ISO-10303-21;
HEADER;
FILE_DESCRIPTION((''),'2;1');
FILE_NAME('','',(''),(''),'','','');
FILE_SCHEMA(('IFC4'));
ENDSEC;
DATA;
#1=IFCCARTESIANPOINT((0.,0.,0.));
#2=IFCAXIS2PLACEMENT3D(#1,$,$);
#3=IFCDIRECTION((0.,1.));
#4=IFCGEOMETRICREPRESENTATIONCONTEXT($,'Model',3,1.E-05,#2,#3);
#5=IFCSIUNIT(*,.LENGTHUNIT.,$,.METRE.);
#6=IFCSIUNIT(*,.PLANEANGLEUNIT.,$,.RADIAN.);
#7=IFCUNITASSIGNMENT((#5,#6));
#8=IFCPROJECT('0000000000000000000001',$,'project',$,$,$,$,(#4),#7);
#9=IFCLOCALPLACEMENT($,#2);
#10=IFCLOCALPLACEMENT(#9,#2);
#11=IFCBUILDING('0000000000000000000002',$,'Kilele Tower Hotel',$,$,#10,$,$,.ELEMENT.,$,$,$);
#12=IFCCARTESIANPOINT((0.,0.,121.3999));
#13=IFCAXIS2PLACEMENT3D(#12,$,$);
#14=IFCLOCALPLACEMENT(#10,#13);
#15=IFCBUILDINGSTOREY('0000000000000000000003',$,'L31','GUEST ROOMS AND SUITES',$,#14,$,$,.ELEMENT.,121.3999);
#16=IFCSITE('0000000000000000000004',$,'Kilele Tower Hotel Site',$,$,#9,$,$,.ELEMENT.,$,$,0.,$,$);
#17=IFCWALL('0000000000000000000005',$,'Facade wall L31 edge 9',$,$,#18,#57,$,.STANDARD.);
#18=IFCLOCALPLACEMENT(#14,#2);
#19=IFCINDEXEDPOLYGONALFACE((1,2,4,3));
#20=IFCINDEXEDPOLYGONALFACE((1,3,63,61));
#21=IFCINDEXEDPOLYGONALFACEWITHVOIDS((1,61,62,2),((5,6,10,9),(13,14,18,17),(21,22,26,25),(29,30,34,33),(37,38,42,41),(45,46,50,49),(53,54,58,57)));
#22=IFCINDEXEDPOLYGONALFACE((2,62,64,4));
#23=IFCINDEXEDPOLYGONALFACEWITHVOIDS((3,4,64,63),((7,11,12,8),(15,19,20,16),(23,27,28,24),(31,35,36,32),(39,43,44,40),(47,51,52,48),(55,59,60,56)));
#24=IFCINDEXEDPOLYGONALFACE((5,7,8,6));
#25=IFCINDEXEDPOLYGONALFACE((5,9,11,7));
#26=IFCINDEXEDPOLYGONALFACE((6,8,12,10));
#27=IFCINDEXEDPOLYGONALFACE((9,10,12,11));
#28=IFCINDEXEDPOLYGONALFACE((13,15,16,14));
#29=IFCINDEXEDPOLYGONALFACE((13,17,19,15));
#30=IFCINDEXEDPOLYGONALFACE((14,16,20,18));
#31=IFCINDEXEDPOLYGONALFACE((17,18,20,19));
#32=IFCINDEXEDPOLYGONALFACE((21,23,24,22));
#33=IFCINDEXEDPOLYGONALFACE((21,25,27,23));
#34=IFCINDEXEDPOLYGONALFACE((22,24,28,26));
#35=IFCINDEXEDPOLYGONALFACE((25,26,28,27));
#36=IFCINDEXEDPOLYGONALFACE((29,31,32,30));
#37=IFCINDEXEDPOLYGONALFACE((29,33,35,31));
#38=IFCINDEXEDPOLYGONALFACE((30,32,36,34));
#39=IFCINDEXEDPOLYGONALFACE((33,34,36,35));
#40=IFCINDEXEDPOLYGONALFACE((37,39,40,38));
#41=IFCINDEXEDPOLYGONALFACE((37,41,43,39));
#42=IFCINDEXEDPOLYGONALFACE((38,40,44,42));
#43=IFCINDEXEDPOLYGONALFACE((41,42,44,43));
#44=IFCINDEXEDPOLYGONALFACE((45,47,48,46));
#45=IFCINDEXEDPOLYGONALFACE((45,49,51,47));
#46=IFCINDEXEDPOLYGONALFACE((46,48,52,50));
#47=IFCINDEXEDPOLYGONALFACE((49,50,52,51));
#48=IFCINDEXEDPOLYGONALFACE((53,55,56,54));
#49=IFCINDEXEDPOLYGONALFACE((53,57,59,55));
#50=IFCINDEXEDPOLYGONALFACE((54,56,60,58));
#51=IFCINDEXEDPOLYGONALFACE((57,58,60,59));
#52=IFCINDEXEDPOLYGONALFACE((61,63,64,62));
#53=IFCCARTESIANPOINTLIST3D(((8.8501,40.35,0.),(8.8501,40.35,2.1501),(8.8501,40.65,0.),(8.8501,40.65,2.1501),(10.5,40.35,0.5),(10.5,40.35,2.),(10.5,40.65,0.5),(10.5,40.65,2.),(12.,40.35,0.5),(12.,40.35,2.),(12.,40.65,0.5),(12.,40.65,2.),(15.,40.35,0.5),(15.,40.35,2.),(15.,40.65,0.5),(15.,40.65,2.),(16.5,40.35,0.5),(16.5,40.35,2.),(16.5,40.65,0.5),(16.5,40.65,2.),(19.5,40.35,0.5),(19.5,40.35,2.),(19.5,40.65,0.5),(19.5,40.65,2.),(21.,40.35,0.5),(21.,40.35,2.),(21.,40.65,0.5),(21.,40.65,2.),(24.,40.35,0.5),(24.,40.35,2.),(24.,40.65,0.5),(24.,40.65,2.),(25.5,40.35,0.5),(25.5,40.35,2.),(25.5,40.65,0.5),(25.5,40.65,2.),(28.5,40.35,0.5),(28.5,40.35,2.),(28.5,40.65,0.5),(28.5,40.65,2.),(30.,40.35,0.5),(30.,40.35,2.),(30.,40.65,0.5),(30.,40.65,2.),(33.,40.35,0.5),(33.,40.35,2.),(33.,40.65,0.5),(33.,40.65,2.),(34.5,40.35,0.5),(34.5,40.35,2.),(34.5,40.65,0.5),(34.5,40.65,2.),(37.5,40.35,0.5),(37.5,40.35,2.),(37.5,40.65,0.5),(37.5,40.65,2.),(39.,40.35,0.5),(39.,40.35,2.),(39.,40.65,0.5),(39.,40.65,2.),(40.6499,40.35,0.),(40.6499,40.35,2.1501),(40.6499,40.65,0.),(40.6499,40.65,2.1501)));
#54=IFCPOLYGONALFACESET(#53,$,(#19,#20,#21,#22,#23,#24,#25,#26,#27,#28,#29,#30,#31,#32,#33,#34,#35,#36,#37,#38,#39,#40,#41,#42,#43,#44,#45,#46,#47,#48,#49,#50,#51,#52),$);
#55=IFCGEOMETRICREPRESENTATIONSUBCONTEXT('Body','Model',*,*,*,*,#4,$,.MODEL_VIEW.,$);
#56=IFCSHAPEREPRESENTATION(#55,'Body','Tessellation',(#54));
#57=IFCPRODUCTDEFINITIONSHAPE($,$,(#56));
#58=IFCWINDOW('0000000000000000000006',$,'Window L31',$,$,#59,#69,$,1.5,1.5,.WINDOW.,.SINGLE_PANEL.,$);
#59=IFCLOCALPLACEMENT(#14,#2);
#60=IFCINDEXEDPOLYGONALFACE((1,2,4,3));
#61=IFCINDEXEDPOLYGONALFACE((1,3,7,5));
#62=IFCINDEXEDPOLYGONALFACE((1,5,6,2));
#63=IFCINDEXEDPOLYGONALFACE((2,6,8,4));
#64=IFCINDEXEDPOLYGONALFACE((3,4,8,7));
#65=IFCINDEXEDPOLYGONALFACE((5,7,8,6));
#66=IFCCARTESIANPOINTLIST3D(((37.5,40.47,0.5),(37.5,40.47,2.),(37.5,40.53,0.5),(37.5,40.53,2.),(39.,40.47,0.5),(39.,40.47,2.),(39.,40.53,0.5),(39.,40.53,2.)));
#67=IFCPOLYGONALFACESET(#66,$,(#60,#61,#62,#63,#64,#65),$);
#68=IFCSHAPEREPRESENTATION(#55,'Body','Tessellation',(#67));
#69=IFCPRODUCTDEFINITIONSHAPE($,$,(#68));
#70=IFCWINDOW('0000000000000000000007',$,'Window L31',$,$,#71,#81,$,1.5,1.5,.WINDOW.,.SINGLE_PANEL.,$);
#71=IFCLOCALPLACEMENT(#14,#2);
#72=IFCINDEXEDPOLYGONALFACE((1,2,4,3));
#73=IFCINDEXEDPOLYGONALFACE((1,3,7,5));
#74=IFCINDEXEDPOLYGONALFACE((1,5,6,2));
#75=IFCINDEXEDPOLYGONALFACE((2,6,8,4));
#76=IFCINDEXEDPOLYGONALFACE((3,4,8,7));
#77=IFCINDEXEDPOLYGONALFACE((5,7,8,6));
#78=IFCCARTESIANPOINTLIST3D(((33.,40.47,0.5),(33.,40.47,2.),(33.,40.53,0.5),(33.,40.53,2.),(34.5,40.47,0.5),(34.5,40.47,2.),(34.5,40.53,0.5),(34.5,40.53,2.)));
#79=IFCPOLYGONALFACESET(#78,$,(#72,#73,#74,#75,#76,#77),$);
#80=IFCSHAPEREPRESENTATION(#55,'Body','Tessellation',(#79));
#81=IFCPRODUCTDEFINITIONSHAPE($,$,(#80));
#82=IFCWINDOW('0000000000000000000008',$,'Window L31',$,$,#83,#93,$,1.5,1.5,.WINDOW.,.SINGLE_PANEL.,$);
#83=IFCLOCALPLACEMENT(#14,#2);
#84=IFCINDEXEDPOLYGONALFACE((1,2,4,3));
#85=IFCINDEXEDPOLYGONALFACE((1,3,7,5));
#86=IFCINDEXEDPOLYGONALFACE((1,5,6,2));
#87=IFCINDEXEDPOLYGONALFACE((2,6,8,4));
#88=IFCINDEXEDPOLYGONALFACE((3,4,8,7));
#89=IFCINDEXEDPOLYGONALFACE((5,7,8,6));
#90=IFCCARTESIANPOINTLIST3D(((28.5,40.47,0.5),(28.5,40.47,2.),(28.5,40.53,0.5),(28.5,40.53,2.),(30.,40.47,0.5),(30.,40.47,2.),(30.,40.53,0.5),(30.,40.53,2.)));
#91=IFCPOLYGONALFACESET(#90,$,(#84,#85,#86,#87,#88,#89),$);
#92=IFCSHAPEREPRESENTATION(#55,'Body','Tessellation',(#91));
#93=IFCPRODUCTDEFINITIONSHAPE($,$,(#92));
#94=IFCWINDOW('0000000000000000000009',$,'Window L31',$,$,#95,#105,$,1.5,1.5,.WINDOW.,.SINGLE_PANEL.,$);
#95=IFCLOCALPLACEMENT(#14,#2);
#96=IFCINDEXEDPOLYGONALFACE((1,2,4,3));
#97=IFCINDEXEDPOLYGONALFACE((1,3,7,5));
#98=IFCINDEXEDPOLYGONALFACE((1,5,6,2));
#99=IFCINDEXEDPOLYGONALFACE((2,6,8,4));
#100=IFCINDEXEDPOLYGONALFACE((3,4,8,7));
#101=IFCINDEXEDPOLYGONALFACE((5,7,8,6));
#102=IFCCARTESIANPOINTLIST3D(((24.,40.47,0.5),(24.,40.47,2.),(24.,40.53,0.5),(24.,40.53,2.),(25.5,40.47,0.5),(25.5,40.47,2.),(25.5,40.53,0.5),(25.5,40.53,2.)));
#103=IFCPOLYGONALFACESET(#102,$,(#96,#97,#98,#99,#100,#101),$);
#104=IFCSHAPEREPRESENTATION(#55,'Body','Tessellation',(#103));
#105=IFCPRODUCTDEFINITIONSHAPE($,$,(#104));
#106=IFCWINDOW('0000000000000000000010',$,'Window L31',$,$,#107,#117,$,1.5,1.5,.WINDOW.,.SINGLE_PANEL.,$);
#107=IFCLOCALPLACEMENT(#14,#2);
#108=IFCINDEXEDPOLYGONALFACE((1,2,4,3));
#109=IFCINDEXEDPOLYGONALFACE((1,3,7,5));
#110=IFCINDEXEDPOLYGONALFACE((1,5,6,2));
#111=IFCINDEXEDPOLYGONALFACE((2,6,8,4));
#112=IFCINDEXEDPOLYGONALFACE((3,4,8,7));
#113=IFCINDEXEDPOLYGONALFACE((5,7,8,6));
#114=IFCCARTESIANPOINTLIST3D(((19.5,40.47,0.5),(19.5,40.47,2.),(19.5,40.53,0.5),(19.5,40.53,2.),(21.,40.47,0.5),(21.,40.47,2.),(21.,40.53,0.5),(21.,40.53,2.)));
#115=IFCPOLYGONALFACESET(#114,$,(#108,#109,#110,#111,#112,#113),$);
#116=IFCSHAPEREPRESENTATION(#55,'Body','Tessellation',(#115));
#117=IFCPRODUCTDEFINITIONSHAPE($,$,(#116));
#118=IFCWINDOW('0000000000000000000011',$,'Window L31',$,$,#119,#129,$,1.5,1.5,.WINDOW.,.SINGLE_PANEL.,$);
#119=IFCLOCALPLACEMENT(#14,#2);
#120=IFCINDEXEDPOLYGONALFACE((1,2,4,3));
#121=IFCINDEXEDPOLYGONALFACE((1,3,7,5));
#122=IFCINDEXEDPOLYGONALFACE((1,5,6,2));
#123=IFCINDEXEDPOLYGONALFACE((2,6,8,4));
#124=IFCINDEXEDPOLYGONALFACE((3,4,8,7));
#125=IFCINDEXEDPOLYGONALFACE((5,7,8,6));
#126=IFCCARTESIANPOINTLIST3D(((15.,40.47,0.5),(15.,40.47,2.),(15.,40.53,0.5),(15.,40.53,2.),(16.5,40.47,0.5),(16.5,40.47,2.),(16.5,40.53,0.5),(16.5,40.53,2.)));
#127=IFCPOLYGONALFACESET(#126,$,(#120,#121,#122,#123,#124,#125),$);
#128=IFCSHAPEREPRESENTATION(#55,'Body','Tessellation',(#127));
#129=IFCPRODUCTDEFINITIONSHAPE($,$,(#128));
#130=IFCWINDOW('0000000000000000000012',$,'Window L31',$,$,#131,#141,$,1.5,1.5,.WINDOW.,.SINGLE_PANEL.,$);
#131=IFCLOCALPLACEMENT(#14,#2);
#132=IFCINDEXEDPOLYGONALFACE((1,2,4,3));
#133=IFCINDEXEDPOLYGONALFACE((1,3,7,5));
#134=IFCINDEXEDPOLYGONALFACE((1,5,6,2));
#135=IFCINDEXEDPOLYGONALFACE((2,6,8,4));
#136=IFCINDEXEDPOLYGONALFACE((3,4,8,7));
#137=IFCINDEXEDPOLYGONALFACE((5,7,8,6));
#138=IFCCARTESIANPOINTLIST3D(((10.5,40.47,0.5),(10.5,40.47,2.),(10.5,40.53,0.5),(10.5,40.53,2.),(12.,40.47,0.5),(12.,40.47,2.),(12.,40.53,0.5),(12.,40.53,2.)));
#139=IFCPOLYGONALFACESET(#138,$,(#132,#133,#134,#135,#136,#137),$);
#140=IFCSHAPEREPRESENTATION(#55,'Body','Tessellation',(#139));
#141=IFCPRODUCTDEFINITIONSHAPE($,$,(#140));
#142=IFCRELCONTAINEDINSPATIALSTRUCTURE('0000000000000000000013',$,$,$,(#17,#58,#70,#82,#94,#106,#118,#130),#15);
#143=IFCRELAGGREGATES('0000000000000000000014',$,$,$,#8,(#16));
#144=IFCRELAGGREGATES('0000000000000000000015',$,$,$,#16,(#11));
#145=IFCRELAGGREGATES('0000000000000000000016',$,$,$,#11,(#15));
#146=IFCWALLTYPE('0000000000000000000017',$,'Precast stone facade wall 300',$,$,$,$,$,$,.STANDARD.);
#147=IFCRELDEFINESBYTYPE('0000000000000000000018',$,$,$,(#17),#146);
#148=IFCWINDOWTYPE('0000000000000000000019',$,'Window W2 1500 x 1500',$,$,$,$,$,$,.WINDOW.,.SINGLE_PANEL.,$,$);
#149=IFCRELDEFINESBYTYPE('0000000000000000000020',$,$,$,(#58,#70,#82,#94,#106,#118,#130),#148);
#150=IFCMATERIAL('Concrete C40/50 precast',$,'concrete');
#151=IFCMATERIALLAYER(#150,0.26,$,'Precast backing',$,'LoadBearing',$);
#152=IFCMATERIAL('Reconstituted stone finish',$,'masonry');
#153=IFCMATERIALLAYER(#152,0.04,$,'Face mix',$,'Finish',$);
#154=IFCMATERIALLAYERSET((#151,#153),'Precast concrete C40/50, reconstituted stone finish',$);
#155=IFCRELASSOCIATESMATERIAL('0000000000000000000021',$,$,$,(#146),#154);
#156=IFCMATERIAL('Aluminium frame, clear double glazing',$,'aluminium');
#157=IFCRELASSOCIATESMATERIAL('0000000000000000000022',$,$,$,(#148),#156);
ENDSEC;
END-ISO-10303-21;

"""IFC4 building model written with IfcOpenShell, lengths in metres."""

from ifc_helpers import new_model, si_unit, direction, frame, frame_2d, origin, place, context, subcontext, project, spatial, rectangle, extrude, material, layer, layer_set, type_object, element, fill, save


model = new_model("IFC4")

# Units and contexts
model_context = context("Model", 3, precision=1e-05, world=origin(), true_north=direction((0.0, 1.0)))
body_context = subcontext(model_context, "Body", "Model", "MODEL_VIEW")
ifc_project = project(units=[si_unit("LENGTHUNIT", "METRE"), si_unit("PLANEANGLEUNIT", "RADIAN")], contexts=[model_context])

# Site, building, storey
site_placement = place(None, origin())
site = spatial("IfcSite", under=ifc_project, at=site_placement, Name="Kilele Tower Hotel Site", CompositionType="ELEMENT", RefElevation=0.0)
building_placement = place(site_placement, origin())
building = spatial("IfcBuilding", under=site, at=building_placement, Name="Kilele Tower Hotel", CompositionType="ELEMENT")
storey_placement = place(building_placement, frame((0.0, 0.0, 121.3999)))
storey = spatial("IfcBuildingStorey", under=building, at=storey_placement, Name="L31", Description="GUEST ROOMS AND SUITES", CompositionType="ELEMENT", Elevation=121.3999)

# Shared definitions
ifc_material_1 = material(Name="Concrete C40/50 precast", Category="concrete")
ifc_layer_1 = layer(ifc_material_1, 0.26, Name="Precast backing", Category="LoadBearing")
ifc_material_2 = material(Name="Reconstituted stone finish", Category="masonry")
ifc_layer_2 = layer(ifc_material_2, 0.04, Name="Face mix", Category="Finish")
ifc_layer_set_1 = layer_set([ifc_layer_1, ifc_layer_2], Name="Precast concrete C40/50, reconstituted stone finish")
wall_type_1 = type_object("IfcWallType", Name="Precast stone facade wall 300", PredefinedType="STANDARD", material=ifc_layer_set_1)
ifc_material_3 = material(Name="Aluminium frame, clear double glazing", Category="aluminium")
window_type_1 = type_object("IfcWindowType", Name="Window W2 1500 x 1500", PartitioningType="SINGLE_PANEL", PredefinedType="WINDOW", material=ifc_material_3)

# Wall, openings, windows
wall_1_placement = place(storey_placement, frame((40.6499, 40.5, 0.0), z_axis=(0.0, 0.0, 1.0), x_axis=(-1.0, 0.0, 0.0)))
wall_1 = element("IfcWall", 1, at=wall_1_placement, inside=storey, type_object=wall_type_1, Name="Facade wall L31 edge 9", PredefinedType="STANDARD", context=body_context, shape_type="SweptSolid", body=[
    extrude(rectangle(XDim=31.7998, YDim=0.3, at=frame_2d((15.8999, 0.0))), origin(), (0.0, 0.0, 1.0), 2.1501),
])
opening_1_placement = place(wall_1_placement, frame((1.6499, 0.0, 0.5)))
opening_1 = element("IfcOpeningElement", 2, at=opening_1_placement, cuts=wall_1, PredefinedType="OPENING", context=body_context, shape_type="SweptSolid", body=[
    extrude(rectangle(XDim=1.5, YDim=1.5, at=frame_2d((0.75, 0.75))), frame((0.0, 0.1599, 0.0), z_axis=(0.0, -1.0, 0.0), x_axis=(1.0, 0.0, 0.0)), (0.0, 0.0, 1.0), 0.3201),
])
opening_2_placement = place(wall_1_placement, frame((6.1499, 0.0, 0.5)))
opening_2 = element("IfcOpeningElement", 3, at=opening_2_placement, cuts=wall_1, PredefinedType="OPENING", context=body_context, shape_type="SweptSolid", body=[
    extrude(rectangle(XDim=1.5, YDim=1.5, at=frame_2d((0.75, 0.75))), frame((0.0, 0.1599, 0.0), z_axis=(0.0, -1.0, 0.0), x_axis=(1.0, 0.0, 0.0)), (0.0, 0.0, 1.0), 0.3201),
])
opening_3_placement = place(wall_1_placement, frame((10.6499, 0.0, 0.5)))
opening_3 = element("IfcOpeningElement", 4, at=opening_3_placement, cuts=wall_1, PredefinedType="OPENING", context=body_context, shape_type="SweptSolid", body=[
    extrude(rectangle(XDim=1.5, YDim=1.5, at=frame_2d((0.75, 0.75))), frame((0.0, 0.1599, 0.0), z_axis=(0.0, -1.0, 0.0), x_axis=(1.0, 0.0, 0.0)), (0.0, 0.0, 1.0), 0.3201),
])
opening_4_placement = place(wall_1_placement, frame((15.1499, 0.0, 0.5)))
opening_4 = element("IfcOpeningElement", 5, at=opening_4_placement, cuts=wall_1, PredefinedType="OPENING", context=body_context, shape_type="SweptSolid", body=[
    extrude(rectangle(XDim=1.5, YDim=1.5, at=frame_2d((0.75, 0.75))), frame((0.0, 0.1599, 0.0), z_axis=(0.0, -1.0, 0.0), x_axis=(1.0, 0.0, 0.0)), (0.0, 0.0, 1.0), 0.3201),
])
opening_5_placement = place(wall_1_placement, frame((19.6499, 0.0, 0.5)))
opening_5 = element("IfcOpeningElement", 6, at=opening_5_placement, cuts=wall_1, PredefinedType="OPENING", context=body_context, shape_type="SweptSolid", body=[
    extrude(rectangle(XDim=1.5, YDim=1.5, at=frame_2d((0.75, 0.75))), frame((0.0, 0.1599, 0.0), z_axis=(0.0, -1.0, 0.0), x_axis=(1.0, 0.0, 0.0)), (0.0, 0.0, 1.0), 0.3201),
])
opening_6_placement = place(wall_1_placement, frame((24.1499, 0.0, 0.5)))
opening_6 = element("IfcOpeningElement", 7, at=opening_6_placement, cuts=wall_1, PredefinedType="OPENING", context=body_context, shape_type="SweptSolid", body=[
    extrude(rectangle(XDim=1.5, YDim=1.5, at=frame_2d((0.75, 0.75))), frame((0.0, 0.1599, 0.0), z_axis=(0.0, -1.0, 0.0), x_axis=(1.0, 0.0, 0.0)), (0.0, 0.0, 1.0), 0.3201),
])
opening_7_placement = place(wall_1_placement, frame((28.6499, 0.0, 0.5)))
opening_7 = element("IfcOpeningElement", 8, at=opening_7_placement, cuts=wall_1, PredefinedType="OPENING", context=body_context, shape_type="SweptSolid", body=[
    extrude(rectangle(XDim=1.5, YDim=1.5, at=frame_2d((0.75, 0.75))), frame((0.0, 0.1599, 0.0), z_axis=(0.0, -1.0, 0.0), x_axis=(1.0, 0.0, 0.0)), (0.0, 0.0, 1.0), 0.3201),
])
window_1_placement = place(opening_1_placement, origin())
window_1 = element("IfcWindow", 9, at=window_1_placement, inside=storey, type_object=window_type_1, Name="Window L31", OverallHeight=1.5, OverallWidth=1.5, PartitioningType="SINGLE_PANEL", PredefinedType="WINDOW", context=body_context, shape_type="SweptSolid", body=[
    extrude(rectangle(XDim=1.5, YDim=1.5, at=frame_2d((0.75, 0.75))), frame((0.0, 0.03, 0.0), z_axis=(0.0, -1.0, 0.0), x_axis=(1.0, 0.0, 0.0)), (0.0, 0.0, 1.0), 0.0601),
])
fill(opening_1, window_1)
window_2_placement = place(opening_2_placement, origin())
window_2 = element("IfcWindow", 10, at=window_2_placement, inside=storey, type_object=window_type_1, Name="Window L31", OverallHeight=1.5, OverallWidth=1.5, PartitioningType="SINGLE_PANEL", PredefinedType="WINDOW", context=body_context, shape_type="SweptSolid", body=[
    extrude(rectangle(XDim=1.5, YDim=1.5, at=frame_2d((0.75, 0.75))), frame((0.0, 0.03, 0.0), z_axis=(0.0, -1.0, 0.0), x_axis=(1.0, 0.0, 0.0)), (0.0, 0.0, 1.0), 0.0601),
])
fill(opening_2, window_2)
window_3_placement = place(opening_3_placement, origin())
window_3 = element("IfcWindow", 11, at=window_3_placement, inside=storey, type_object=window_type_1, Name="Window L31", OverallHeight=1.5, OverallWidth=1.5, PartitioningType="SINGLE_PANEL", PredefinedType="WINDOW", context=body_context, shape_type="SweptSolid", body=[
    extrude(rectangle(XDim=1.5, YDim=1.5, at=frame_2d((0.75, 0.75))), frame((0.0, 0.03, 0.0), z_axis=(0.0, -1.0, 0.0), x_axis=(1.0, 0.0, 0.0)), (0.0, 0.0, 1.0), 0.0601),
])
fill(opening_3, window_3)
window_4_placement = place(opening_4_placement, origin())
window_4 = element("IfcWindow", 12, at=window_4_placement, inside=storey, type_object=window_type_1, Name="Window L31", OverallHeight=1.5, OverallWidth=1.5, PartitioningType="SINGLE_PANEL", PredefinedType="WINDOW", context=body_context, shape_type="SweptSolid", body=[
    extrude(rectangle(XDim=1.5, YDim=1.5, at=frame_2d((0.75, 0.75))), frame((0.0, 0.03, 0.0), z_axis=(0.0, -1.0, 0.0), x_axis=(1.0, 0.0, 0.0)), (0.0, 0.0, 1.0), 0.0601),
])
fill(opening_4, window_4)
window_5_placement = place(opening_5_placement, origin())
window_5 = element("IfcWindow", 13, at=window_5_placement, inside=storey, type_object=window_type_1, Name="Window L31", OverallHeight=1.5, OverallWidth=1.5, PartitioningType="SINGLE_PANEL", PredefinedType="WINDOW", context=body_context, shape_type="SweptSolid", body=[
    extrude(rectangle(XDim=1.5, YDim=1.5, at=frame_2d((0.75, 0.75))), frame((0.0, 0.03, 0.0), z_axis=(0.0, -1.0, 0.0), x_axis=(1.0, 0.0, 0.0)), (0.0, 0.0, 1.0), 0.0601),
])
fill(opening_5, window_5)
window_6_placement = place(opening_6_placement, origin())
window_6 = element("IfcWindow", 14, at=window_6_placement, inside=storey, type_object=window_type_1, Name="Window L31", OverallHeight=1.5, OverallWidth=1.5, PartitioningType="SINGLE_PANEL", PredefinedType="WINDOW", context=body_context, shape_type="SweptSolid", body=[
    extrude(rectangle(XDim=1.5, YDim=1.5, at=frame_2d((0.75, 0.75))), frame((0.0, 0.03, 0.0), z_axis=(0.0, -1.0, 0.0), x_axis=(1.0, 0.0, 0.0)), (0.0, 0.0, 1.0), 0.0601),
])
fill(opening_6, window_6)
window_7_placement = place(opening_7_placement, origin())
window_7 = element("IfcWindow", 15, at=window_7_placement, inside=storey, type_object=window_type_1, Name="Window L31", OverallHeight=1.5, OverallWidth=1.5, PartitioningType="SINGLE_PANEL", PredefinedType="WINDOW", context=body_context, shape_type="SweptSolid", body=[
    extrude(rectangle(XDim=1.5, YDim=1.5, at=frame_2d((0.75, 0.75))), frame((0.0, 0.03, 0.0), z_axis=(0.0, -1.0, 0.0), x_axis=(1.0, 0.0, 0.0)), (0.0, 0.0, 1.0), 0.0601),
])
fill(opening_7, window_7)

save(model, "model.ifc")
